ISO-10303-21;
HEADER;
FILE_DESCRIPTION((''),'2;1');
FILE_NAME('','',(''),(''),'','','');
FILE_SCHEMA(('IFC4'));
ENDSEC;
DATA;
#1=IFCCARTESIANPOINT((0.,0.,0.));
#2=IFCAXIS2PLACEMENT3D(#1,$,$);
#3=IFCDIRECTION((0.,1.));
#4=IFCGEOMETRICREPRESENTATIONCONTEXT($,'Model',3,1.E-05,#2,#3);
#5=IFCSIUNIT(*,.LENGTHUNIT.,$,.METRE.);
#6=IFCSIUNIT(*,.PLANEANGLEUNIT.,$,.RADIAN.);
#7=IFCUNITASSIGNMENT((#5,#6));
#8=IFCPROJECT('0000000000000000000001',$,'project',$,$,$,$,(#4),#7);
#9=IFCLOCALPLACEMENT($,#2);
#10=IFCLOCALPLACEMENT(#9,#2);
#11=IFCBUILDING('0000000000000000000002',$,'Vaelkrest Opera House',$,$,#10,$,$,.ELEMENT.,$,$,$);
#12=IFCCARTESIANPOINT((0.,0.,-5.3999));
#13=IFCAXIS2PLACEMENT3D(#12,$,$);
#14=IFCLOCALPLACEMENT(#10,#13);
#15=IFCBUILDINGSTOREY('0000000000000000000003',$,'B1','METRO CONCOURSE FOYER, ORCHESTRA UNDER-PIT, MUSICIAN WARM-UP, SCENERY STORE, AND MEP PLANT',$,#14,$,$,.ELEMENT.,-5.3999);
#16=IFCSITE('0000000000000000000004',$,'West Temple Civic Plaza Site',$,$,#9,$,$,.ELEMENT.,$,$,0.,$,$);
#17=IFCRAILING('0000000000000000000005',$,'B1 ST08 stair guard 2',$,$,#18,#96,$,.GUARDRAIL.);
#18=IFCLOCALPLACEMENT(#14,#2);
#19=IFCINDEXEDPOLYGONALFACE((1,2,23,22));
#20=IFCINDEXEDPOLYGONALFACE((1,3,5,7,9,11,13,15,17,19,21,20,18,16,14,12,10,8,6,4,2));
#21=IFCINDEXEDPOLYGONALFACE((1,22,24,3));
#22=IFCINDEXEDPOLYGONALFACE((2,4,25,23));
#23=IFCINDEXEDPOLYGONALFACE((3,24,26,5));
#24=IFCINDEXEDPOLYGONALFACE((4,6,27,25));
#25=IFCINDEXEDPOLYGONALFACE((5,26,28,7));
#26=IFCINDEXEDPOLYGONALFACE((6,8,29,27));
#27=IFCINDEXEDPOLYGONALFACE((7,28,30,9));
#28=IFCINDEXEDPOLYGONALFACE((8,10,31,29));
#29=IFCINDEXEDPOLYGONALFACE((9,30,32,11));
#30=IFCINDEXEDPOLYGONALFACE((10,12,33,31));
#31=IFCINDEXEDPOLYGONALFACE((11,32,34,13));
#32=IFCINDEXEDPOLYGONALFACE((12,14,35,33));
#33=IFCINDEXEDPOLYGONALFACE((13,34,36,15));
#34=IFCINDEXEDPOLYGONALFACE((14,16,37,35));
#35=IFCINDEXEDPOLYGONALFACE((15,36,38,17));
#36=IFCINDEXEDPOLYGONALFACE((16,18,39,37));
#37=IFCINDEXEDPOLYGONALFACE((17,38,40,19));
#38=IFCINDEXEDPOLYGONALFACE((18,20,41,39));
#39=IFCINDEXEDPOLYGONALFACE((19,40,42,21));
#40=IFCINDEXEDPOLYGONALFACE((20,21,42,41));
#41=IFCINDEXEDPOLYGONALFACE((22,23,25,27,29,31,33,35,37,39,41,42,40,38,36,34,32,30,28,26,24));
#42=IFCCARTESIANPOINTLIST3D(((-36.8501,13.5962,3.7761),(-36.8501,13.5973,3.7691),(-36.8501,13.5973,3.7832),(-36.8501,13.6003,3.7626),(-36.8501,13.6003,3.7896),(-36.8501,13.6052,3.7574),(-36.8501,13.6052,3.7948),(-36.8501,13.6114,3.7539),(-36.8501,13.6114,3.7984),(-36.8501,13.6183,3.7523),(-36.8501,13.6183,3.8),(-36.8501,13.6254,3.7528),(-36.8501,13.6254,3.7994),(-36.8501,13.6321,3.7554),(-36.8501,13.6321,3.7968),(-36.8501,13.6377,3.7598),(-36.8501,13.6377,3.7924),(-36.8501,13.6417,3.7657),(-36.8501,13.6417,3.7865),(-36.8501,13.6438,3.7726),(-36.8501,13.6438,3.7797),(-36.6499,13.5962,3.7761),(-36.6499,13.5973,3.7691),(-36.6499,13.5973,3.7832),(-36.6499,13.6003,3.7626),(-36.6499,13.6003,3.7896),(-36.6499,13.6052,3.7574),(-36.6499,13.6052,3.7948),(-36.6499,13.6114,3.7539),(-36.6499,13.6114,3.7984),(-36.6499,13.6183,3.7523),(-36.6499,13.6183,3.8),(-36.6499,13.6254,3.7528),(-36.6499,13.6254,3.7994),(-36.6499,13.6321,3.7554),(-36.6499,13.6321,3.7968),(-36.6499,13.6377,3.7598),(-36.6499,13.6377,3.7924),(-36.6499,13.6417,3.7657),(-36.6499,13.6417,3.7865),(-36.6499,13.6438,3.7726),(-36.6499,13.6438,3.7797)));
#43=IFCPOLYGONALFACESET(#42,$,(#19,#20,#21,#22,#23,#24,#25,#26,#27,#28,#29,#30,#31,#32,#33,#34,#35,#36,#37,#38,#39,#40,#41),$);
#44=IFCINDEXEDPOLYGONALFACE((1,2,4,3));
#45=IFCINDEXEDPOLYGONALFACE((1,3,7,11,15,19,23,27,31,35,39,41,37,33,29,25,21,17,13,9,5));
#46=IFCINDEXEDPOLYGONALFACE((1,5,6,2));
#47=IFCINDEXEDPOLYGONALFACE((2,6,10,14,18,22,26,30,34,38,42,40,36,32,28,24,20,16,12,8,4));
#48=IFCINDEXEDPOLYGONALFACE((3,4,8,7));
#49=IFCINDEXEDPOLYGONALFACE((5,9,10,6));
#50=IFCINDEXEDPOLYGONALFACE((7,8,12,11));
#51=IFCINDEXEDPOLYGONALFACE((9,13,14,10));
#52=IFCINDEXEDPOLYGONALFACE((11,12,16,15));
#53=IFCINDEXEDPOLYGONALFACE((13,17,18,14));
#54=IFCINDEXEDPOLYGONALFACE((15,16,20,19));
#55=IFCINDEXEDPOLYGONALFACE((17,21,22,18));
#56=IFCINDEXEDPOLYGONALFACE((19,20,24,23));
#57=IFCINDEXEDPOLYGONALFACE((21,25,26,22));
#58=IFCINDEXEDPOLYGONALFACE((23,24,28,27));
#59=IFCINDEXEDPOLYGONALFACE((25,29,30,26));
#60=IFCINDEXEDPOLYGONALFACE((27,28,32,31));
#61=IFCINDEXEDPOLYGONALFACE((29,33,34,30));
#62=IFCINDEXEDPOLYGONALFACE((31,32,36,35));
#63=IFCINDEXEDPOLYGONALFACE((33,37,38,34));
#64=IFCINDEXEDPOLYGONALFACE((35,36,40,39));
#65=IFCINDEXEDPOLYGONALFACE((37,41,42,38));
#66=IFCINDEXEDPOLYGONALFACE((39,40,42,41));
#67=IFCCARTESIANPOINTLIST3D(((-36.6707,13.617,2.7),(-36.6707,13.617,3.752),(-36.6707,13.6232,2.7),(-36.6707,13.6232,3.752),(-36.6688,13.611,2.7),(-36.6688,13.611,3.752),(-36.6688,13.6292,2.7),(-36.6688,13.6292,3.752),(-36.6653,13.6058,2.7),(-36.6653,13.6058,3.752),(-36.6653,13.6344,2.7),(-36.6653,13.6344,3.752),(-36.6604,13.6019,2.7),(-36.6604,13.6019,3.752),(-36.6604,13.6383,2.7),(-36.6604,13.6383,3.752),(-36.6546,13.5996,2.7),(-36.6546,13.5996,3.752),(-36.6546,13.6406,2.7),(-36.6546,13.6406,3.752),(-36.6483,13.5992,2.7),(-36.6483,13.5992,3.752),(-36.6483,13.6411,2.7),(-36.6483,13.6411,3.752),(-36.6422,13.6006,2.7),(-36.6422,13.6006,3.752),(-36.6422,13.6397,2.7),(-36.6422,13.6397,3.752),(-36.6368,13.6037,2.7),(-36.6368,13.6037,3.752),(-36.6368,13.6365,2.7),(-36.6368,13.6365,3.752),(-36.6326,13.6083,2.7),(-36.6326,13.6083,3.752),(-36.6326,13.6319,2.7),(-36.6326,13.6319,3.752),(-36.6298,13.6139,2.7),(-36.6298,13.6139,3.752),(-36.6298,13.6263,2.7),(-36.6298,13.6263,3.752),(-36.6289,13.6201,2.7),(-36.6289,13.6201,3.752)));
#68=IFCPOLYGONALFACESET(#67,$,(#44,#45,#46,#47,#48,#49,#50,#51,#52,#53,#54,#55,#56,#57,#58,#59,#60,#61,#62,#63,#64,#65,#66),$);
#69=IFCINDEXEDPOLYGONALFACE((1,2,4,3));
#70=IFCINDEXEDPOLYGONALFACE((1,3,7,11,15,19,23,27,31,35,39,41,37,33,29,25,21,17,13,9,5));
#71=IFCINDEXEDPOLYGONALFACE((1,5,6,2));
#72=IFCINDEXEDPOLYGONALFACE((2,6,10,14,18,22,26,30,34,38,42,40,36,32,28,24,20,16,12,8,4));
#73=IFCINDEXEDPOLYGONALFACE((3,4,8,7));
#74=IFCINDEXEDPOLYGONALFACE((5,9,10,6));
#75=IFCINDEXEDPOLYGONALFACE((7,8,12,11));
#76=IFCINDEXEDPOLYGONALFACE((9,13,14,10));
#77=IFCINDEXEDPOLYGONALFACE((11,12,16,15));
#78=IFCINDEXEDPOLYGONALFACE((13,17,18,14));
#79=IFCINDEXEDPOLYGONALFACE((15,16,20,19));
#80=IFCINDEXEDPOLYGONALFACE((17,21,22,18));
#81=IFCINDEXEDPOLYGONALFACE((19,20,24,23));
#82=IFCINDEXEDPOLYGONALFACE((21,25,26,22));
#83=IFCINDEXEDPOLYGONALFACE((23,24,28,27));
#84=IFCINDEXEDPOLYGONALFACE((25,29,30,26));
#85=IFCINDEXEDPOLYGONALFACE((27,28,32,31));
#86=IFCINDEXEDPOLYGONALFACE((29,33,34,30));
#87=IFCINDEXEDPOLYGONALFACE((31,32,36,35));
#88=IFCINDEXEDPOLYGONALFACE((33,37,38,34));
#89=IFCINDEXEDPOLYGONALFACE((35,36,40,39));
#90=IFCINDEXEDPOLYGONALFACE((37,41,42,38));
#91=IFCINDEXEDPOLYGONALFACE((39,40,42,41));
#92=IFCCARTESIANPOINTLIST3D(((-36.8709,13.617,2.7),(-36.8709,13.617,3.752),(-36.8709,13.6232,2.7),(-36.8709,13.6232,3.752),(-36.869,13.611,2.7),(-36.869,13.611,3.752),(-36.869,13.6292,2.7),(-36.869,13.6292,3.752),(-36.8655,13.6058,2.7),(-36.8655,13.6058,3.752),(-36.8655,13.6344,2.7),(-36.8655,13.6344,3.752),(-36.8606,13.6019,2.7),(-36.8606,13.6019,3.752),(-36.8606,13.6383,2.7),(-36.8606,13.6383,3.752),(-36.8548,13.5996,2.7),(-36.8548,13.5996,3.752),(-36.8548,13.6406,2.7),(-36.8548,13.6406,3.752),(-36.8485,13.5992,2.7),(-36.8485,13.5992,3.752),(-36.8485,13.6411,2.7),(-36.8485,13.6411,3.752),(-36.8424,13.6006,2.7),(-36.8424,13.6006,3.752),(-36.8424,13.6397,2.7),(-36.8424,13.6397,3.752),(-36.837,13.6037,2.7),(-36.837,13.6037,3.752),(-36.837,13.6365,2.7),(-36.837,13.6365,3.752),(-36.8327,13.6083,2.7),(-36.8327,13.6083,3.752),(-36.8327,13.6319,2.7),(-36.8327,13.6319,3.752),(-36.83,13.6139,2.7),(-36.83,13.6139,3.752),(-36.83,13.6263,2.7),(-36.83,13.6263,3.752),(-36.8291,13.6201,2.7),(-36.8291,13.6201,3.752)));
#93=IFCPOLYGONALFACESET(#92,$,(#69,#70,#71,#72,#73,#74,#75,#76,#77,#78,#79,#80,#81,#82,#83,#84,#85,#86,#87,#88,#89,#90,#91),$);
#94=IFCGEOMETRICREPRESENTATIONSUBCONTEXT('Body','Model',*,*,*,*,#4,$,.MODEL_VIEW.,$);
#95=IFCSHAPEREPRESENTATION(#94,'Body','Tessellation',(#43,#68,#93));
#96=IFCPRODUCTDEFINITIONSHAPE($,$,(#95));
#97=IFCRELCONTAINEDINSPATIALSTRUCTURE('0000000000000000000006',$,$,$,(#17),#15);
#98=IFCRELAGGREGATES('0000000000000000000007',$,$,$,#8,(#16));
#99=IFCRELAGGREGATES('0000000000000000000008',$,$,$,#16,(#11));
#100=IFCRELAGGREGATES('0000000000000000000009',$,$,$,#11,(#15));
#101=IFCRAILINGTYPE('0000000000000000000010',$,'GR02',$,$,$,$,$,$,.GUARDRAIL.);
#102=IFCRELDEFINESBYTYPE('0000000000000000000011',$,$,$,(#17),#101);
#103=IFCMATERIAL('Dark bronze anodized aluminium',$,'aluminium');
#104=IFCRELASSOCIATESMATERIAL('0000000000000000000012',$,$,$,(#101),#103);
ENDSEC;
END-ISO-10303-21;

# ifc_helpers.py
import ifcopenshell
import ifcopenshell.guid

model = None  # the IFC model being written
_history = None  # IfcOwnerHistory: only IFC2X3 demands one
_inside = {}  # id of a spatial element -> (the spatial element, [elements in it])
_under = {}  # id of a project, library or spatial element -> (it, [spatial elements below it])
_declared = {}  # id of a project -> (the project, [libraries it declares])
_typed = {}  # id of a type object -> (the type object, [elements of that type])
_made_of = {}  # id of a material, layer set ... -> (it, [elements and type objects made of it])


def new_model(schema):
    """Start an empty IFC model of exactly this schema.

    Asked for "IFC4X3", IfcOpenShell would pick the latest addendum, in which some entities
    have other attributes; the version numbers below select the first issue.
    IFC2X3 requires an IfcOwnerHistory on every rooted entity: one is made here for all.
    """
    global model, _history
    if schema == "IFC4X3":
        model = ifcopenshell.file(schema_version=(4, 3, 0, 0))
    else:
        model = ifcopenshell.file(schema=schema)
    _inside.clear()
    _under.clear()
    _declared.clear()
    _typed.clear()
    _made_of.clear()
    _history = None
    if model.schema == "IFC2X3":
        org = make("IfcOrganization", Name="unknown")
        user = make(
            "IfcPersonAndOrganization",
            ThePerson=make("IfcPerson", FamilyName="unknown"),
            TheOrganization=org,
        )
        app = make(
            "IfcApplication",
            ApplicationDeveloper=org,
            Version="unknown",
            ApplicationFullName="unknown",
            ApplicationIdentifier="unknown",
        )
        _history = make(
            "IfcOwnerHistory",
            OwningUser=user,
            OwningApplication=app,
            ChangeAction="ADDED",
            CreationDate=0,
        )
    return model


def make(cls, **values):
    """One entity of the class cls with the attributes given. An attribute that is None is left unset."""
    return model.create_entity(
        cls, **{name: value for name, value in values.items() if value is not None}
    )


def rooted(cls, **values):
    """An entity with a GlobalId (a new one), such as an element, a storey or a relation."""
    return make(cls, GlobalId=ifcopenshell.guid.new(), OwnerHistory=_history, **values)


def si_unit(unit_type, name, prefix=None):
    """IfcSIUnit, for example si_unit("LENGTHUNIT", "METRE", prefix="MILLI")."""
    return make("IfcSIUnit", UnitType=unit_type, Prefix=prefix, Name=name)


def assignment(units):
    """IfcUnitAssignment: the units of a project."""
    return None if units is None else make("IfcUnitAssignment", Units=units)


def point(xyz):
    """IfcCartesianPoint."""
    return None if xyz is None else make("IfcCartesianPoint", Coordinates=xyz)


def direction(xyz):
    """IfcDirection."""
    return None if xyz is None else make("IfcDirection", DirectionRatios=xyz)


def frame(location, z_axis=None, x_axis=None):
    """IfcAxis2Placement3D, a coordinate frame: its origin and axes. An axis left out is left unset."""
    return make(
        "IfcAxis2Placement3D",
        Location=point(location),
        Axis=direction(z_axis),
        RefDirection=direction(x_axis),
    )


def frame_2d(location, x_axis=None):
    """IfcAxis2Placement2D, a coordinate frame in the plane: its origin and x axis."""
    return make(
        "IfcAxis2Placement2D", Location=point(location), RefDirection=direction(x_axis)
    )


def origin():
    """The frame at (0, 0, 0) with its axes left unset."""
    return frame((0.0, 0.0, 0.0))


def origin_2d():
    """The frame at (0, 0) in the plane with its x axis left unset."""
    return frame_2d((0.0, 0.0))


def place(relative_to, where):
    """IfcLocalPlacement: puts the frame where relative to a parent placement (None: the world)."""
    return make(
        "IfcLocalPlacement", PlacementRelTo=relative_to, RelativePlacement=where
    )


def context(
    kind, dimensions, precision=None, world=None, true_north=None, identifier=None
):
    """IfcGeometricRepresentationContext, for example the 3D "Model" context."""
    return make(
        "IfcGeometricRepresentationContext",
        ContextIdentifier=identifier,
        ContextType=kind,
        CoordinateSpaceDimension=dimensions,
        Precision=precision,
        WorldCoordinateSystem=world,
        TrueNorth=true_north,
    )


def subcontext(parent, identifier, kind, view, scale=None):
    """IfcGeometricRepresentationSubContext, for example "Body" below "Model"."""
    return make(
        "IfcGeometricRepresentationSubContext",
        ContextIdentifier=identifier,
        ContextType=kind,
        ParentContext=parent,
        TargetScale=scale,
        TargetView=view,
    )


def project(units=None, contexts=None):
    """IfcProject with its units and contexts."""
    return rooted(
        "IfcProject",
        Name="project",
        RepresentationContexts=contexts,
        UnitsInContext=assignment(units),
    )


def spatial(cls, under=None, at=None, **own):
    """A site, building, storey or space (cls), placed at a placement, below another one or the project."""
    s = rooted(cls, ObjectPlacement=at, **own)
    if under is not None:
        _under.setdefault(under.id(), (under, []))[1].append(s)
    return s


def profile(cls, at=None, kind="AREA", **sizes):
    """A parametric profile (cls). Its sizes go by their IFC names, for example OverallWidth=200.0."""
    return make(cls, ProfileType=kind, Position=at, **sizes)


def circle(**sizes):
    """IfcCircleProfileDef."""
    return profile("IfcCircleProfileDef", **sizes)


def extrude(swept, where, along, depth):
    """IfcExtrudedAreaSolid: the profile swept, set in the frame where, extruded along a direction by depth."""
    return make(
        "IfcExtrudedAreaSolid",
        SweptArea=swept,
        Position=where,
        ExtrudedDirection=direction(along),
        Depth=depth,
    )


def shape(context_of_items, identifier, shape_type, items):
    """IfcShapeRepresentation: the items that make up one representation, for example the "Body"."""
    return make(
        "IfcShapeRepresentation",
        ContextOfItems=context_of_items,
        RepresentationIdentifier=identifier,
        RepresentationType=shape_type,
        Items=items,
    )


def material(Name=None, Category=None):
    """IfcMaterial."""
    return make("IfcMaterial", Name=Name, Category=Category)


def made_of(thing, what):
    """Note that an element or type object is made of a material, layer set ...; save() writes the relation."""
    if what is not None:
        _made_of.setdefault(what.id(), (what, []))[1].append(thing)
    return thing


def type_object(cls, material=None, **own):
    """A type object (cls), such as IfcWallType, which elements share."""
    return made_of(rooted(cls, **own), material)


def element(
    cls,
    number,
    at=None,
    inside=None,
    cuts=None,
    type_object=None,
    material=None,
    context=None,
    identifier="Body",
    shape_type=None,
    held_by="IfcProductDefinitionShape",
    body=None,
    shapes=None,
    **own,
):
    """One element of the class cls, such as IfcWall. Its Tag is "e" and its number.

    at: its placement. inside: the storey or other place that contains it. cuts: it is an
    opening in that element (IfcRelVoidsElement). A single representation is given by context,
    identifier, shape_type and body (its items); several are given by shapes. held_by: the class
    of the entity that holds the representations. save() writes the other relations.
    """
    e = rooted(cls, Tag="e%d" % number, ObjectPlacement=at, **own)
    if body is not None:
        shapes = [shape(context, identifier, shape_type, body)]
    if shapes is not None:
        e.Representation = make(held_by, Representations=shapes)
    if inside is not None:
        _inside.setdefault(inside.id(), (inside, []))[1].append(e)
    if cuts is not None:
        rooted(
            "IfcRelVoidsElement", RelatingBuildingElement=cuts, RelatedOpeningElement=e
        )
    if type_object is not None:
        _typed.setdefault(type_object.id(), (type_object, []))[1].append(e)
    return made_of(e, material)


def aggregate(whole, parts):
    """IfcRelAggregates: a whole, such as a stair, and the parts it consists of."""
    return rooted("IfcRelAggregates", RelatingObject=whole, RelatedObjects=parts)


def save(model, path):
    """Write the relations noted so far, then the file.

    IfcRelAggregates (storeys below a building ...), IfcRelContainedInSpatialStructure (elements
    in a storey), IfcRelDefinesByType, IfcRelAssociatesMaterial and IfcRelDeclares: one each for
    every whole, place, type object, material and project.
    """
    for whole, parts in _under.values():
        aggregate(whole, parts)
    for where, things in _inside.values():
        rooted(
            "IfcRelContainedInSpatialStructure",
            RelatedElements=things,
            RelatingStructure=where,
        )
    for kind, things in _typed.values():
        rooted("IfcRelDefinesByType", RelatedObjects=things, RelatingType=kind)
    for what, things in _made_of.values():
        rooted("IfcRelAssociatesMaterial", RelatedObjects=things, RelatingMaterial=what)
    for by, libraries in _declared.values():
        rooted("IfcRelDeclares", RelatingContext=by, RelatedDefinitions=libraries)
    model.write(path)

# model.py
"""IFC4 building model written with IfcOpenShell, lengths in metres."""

from ifc_helpers import new_model, si_unit, direction, frame, origin, origin_2d, place, context, subcontext, project, spatial, circle, extrude, material, type_object, element, save


model = new_model("IFC4")

# Units and contexts
model_context = context("Model", 3, precision=1e-05, world=origin(), true_north=direction((0.0, 1.0)))
body_context = subcontext(model_context, "Body", "Model", "MODEL_VIEW")
ifc_project = project(units=[si_unit("LENGTHUNIT", "METRE"), si_unit("PLANEANGLEUNIT", "RADIAN")], contexts=[model_context])

# Site, building, storey
site_placement = place(None, origin())
site = spatial("IfcSite", under=ifc_project, at=site_placement, Name="West Temple Civic Plaza Site", CompositionType="ELEMENT", RefElevation=0.0)
building_placement = place(site_placement, origin())
building = spatial("IfcBuilding", under=site, at=building_placement, Name="Vaelkrest Opera House", CompositionType="ELEMENT")
storey_placement = place(building_placement, frame((0.0, 0.0, -5.3999)))
storey = spatial("IfcBuildingStorey", under=building, at=storey_placement, Name="B1", Description="METRO CONCOURSE FOYER, ORCHESTRA UNDER-PIT, MUSICIAN WARM-UP, SCENERY STORE, AND MEP PLANT", CompositionType="ELEMENT", Elevation=-5.3999)

# Railing
ifc_material_1 = material(Name="Dark bronze anodized aluminium", Category="aluminium")
railing_type_1 = type_object("IfcRailingType", Name="GR02", PredefinedType="GUARDRAIL", material=ifc_material_1)
railing_1_placement = place(storey_placement, frame((-36.6499, 13.6201, 2.7)))
element("IfcRailing", 1, at=railing_1_placement, inside=storey, type_object=railing_type_1, Name="B1 ST08 stair guard 2", PredefinedType="GUARDRAIL", context=body_context, shape_type="SweptSolid", body=[
    extrude(circle(Radius=0.0239, at=origin_2d()), frame((0.0, 0.0, 1.0762), z_axis=(-1.0, 0.0, 0.0), x_axis=(0.0, -1.0, 0.0)), (0.0, 0.0, 1.0), 0.2002),
    extrude(circle(Radius=0.021, at=origin_2d()), origin(), (0.0, 0.0, 1.0), 1.052),
    extrude(circle(Radius=0.021, at=origin_2d()), frame((-0.2002, 0.0, 0.0)), (0.0, 0.0, 1.0), 1.052),
])

save(model, "model.ifc")
